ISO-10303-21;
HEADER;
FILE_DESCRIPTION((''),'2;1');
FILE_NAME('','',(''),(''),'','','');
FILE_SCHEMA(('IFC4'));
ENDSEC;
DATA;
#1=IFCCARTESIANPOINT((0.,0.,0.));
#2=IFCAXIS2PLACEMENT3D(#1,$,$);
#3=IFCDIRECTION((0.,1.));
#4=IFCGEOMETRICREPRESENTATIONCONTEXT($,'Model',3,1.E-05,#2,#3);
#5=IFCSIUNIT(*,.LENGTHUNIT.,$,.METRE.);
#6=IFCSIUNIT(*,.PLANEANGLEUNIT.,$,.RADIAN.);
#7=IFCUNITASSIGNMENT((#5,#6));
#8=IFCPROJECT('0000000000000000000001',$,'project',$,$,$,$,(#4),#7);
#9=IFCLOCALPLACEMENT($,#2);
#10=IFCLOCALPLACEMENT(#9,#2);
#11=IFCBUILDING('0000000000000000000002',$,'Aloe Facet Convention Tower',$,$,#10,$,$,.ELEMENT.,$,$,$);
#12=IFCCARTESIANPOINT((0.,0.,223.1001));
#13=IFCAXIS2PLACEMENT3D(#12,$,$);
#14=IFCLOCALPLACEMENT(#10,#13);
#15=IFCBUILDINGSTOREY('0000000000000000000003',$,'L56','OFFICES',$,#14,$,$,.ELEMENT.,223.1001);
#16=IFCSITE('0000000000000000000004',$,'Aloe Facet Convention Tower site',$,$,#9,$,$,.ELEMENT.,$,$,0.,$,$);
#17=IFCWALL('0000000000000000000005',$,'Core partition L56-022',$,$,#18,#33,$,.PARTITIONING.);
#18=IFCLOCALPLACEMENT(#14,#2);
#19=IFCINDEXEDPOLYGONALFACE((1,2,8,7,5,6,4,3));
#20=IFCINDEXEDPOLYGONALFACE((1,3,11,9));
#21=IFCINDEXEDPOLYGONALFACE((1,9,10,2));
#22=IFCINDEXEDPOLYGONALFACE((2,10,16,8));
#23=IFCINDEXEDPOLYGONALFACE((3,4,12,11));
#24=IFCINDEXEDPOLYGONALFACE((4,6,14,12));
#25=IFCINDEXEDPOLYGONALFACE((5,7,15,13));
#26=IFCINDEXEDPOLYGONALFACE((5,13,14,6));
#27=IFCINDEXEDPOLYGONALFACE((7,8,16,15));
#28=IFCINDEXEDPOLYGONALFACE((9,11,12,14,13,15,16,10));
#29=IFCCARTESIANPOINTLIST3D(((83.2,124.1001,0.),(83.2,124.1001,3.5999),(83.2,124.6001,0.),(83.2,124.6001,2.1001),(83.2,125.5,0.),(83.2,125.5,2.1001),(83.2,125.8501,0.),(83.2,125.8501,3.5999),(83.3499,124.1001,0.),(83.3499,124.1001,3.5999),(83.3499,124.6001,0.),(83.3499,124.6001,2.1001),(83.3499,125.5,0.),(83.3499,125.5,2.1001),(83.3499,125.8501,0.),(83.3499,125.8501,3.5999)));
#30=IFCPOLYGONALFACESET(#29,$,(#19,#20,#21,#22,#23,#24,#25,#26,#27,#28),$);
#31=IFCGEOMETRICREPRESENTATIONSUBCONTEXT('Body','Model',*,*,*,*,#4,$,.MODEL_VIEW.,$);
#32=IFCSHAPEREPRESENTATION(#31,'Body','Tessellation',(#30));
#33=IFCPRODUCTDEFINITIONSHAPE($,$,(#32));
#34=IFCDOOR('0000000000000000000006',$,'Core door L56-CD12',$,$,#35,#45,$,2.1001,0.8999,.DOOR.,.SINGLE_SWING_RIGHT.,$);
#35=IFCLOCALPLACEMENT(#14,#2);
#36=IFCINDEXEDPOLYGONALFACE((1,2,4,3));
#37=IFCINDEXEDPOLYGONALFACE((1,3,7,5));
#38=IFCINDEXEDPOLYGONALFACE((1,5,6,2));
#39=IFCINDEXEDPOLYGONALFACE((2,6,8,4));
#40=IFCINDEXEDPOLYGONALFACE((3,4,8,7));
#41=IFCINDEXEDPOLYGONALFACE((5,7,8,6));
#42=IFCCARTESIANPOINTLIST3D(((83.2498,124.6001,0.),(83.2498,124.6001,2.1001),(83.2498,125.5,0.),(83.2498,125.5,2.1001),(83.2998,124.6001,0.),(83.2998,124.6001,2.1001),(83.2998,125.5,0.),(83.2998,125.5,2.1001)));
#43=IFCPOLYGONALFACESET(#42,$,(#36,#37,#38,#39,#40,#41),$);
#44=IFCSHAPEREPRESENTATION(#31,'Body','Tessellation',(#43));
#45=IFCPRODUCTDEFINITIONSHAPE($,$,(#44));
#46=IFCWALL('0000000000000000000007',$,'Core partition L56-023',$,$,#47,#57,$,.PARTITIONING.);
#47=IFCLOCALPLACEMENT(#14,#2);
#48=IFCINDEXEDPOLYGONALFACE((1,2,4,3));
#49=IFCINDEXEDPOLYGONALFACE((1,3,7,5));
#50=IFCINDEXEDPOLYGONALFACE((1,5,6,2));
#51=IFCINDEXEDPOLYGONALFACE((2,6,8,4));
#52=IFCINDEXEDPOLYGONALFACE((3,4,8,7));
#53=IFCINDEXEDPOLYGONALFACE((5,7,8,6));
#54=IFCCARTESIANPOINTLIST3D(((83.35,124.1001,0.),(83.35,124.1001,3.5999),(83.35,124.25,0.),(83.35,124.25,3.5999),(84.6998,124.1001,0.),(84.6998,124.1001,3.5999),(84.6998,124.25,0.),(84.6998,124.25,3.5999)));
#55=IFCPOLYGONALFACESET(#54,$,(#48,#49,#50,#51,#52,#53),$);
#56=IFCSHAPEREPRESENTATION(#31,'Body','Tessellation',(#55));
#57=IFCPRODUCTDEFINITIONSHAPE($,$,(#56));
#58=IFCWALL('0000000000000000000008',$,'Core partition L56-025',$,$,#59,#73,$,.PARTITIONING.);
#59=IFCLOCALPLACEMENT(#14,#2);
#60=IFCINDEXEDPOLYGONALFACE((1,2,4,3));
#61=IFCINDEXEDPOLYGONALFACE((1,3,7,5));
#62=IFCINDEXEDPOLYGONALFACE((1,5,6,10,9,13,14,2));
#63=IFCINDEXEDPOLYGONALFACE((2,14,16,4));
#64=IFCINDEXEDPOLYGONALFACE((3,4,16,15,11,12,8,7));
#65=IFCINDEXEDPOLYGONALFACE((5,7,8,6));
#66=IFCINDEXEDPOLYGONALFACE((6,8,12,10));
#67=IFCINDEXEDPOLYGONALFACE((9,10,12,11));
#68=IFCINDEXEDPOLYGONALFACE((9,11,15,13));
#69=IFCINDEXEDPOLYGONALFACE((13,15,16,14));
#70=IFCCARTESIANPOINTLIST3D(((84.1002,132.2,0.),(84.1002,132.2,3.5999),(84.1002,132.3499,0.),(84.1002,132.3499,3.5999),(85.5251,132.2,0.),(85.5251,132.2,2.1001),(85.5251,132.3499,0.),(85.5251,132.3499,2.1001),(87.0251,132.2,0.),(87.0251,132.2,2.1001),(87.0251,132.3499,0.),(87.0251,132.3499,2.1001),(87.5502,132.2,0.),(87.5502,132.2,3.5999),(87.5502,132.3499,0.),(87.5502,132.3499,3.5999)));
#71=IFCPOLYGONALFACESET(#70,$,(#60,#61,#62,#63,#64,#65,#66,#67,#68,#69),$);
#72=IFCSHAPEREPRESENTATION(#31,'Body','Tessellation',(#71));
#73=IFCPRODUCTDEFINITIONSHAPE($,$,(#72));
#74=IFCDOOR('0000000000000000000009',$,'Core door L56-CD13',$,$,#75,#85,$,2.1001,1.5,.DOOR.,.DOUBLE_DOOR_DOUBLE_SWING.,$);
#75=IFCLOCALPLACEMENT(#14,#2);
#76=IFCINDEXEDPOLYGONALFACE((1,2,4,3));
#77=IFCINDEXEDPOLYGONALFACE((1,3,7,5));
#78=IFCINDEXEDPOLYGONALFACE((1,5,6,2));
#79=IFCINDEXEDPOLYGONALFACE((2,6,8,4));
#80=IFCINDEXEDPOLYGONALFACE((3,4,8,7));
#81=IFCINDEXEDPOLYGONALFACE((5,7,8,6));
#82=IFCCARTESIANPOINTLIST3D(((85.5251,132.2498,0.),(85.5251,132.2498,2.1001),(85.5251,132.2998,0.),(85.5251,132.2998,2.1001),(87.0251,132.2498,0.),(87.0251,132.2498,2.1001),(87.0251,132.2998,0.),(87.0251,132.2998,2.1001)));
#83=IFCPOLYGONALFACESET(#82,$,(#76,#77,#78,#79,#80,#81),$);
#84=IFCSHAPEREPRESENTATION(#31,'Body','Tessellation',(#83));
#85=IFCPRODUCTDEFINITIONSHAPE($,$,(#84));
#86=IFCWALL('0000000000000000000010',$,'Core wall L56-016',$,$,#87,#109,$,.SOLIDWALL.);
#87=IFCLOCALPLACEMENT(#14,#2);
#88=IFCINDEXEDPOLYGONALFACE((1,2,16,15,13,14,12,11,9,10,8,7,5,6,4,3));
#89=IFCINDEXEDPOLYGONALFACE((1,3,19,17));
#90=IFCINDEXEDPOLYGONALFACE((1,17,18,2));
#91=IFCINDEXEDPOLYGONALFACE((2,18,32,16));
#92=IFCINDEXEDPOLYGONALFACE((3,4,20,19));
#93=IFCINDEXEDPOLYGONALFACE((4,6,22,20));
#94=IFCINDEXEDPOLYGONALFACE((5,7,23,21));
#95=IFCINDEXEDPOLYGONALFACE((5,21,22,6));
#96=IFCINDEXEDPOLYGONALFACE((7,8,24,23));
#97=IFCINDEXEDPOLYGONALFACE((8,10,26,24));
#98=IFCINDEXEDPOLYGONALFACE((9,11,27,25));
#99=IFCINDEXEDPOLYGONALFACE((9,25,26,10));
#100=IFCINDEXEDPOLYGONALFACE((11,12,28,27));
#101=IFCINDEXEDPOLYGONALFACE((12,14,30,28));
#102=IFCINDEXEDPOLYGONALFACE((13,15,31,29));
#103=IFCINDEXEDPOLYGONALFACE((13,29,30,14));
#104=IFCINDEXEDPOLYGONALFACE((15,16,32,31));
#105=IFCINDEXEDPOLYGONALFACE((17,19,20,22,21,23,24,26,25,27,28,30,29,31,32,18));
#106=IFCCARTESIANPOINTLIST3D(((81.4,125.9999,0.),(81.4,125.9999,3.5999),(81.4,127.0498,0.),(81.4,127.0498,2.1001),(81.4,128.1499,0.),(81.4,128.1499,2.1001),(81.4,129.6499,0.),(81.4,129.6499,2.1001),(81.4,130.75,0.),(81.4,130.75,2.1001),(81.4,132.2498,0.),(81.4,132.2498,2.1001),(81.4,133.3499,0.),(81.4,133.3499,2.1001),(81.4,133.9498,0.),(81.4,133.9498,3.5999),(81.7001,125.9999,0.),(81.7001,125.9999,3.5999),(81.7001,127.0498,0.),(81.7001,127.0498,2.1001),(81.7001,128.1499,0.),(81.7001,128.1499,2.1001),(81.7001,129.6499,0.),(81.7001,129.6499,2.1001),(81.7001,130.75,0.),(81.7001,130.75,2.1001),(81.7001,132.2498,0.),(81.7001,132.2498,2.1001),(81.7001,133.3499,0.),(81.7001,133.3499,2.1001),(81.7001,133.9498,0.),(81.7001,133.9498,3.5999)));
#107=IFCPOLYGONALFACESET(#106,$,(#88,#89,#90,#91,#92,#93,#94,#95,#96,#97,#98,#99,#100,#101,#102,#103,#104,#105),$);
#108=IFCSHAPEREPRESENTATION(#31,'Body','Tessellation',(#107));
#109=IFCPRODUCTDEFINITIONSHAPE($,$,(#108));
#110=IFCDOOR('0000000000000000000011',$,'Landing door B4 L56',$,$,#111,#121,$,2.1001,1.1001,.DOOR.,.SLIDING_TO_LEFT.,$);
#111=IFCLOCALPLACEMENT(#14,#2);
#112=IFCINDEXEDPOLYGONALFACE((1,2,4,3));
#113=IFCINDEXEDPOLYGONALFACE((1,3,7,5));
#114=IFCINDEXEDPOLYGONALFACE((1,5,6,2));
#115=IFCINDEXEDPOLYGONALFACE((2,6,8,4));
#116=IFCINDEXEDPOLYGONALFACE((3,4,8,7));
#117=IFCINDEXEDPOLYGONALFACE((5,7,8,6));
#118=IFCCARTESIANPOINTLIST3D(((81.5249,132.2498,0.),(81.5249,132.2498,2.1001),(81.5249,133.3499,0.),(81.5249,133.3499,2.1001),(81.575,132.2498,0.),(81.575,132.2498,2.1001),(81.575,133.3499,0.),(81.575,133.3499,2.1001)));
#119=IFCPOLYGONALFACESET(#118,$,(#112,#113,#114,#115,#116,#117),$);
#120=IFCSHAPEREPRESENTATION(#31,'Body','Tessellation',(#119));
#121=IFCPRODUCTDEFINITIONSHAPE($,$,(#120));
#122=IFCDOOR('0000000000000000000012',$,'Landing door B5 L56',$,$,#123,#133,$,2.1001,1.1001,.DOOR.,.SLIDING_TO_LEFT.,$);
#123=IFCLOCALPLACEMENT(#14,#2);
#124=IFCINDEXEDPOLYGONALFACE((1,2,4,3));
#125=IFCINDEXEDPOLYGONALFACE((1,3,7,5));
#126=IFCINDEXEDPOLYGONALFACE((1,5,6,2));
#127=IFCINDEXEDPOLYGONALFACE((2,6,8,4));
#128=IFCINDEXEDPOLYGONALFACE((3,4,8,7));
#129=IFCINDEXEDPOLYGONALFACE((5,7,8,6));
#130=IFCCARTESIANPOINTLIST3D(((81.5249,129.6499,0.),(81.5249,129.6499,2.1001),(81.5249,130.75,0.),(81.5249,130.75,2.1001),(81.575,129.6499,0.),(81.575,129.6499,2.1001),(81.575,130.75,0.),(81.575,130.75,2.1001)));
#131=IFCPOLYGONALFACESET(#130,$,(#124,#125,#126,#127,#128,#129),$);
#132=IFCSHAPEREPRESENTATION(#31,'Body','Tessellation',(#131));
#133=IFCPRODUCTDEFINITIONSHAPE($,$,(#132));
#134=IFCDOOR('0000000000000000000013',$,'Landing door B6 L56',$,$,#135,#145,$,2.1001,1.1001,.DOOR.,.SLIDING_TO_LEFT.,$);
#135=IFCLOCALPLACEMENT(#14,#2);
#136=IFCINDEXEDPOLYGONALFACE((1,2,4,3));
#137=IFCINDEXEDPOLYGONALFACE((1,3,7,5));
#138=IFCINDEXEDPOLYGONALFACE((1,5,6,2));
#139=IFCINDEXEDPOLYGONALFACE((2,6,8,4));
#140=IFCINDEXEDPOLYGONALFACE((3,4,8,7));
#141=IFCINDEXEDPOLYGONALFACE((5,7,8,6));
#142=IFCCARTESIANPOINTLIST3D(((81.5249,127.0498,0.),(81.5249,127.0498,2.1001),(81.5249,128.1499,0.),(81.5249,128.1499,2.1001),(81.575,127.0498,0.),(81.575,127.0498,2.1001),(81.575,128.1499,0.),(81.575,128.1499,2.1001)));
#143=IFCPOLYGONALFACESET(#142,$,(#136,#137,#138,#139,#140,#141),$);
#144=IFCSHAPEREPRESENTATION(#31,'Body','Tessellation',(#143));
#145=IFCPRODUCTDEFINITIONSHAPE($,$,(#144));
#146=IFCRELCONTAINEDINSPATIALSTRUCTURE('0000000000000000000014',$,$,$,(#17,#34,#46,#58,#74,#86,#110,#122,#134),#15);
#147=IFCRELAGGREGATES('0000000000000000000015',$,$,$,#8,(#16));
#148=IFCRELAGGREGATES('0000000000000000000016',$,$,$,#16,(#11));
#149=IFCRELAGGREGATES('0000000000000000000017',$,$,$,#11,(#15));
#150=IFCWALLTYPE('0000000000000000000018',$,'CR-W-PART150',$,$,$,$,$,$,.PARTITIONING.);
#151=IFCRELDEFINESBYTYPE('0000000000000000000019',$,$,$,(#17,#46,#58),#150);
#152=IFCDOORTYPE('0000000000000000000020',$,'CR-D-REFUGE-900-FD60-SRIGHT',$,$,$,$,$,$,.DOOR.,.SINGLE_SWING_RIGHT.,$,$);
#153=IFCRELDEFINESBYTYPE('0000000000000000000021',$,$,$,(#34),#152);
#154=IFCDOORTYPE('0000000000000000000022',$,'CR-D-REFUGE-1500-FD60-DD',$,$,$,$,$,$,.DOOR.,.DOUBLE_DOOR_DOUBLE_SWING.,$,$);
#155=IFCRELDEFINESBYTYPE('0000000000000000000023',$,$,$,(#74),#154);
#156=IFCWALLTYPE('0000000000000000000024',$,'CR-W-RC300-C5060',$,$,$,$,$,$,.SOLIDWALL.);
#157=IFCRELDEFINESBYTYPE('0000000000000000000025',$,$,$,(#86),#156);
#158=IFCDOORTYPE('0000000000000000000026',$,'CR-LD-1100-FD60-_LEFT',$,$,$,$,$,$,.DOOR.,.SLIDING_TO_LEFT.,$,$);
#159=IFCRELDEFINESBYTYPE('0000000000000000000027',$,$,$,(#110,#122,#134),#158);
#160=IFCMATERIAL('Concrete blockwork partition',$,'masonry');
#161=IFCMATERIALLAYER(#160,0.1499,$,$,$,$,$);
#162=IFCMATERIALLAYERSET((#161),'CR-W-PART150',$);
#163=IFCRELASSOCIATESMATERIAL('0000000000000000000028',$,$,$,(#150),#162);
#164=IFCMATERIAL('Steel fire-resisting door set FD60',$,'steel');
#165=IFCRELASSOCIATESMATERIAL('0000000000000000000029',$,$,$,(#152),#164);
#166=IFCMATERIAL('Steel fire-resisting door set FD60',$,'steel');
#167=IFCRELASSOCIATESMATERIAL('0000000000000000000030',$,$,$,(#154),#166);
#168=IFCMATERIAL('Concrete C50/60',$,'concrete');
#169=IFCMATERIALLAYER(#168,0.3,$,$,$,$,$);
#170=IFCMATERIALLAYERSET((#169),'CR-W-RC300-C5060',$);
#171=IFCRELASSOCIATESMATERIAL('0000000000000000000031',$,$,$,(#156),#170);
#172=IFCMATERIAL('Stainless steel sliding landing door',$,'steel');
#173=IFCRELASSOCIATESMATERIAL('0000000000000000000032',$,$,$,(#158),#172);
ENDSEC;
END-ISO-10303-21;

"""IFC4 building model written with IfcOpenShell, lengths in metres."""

from ifc_helpers import new_model, si_unit, direction, frame, frame_2d, origin, place, context, subcontext, project, spatial, rectangle, extrude, material, layer, layer_set, type_object, element, fill, save


model = new_model("IFC4")

# Units and contexts
model_context = context("Model", 3, precision=1e-05, world=origin(), true_north=direction((0.0, 1.0)))
body_context = subcontext(model_context, "Body", "Model", "MODEL_VIEW")
ifc_project = project(units=[si_unit("LENGTHUNIT", "METRE"), si_unit("PLANEANGLEUNIT", "RADIAN")], contexts=[model_context])

# Site, building, storey
site_placement = place(None, origin())
site = spatial("IfcSite", under=ifc_project, at=site_placement, Name="Aloe Facet Convention Tower site", CompositionType="ELEMENT", RefElevation=0.0)
building_placement = place(site_placement, origin())
building = spatial("IfcBuilding", under=site, at=building_placement, Name="Aloe Facet Convention Tower", CompositionType="ELEMENT")
storey_placement = place(building_placement, frame((0.0, 0.0, 223.1001)))
storey = spatial("IfcBuildingStorey", under=building, at=storey_placement, Name="L56", Description="OFFICES", CompositionType="ELEMENT", Elevation=223.1001)

# Wall, opening, door
ifc_material_1 = material(Name="Concrete blockwork partition", Category="masonry")
ifc_layer_1 = layer(ifc_material_1, 0.1499)
ifc_layer_set_1 = layer_set([ifc_layer_1], Name="CR-W-PART150")
wall_type_1 = type_object("IfcWallType", Name="CR-W-PART150", PredefinedType="PARTITIONING", material=ifc_layer_set_1)
wall_1_placement = place(storey_placement, frame((83.2749, 125.8501, 0.0), z_axis=(0.0, 0.0, 1.0), x_axis=(0.0, -1.0, 0.0)))
wall_1 = element("IfcWall", 1, at=wall_1_placement, inside=storey, type_object=wall_type_1, Name="Core partition L56-022", PredefinedType="PARTITIONING", context=body_context, shape_type="SweptSolid", body=[
    extrude(rectangle(XDim=1.75, YDim=0.1499, at=frame_2d((0.875, 0.0))), origin(), (0.0, 0.0, 1.0), 3.5999),
])
opening_1_placement = place(wall_1_placement, frame((0.3501, 0.0, 0.0)))
opening_1 = element("IfcOpeningElement", 2, at=opening_1_placement, cuts=wall_1, PredefinedType="OPENING", context=body_context, shape_type="SweptSolid", body=[
    extrude(rectangle(XDim=0.8999, YDim=2.1001, at=frame_2d((0.45, 1.05))), frame((0.0, 0.085, 0.0), z_axis=(0.0, -1.0, 0.0), x_axis=(1.0, 0.0, 0.0)), (0.0, 0.0, 1.0), 0.1699),
])
ifc_material_2 = material(Name="Steel fire-resisting door set FD60", Category="steel")
door_type_1 = type_object("IfcDoorType", Name="CR-D-REFUGE-900-FD60-SRIGHT", OperationType="SINGLE_SWING_RIGHT", PredefinedType="DOOR", material=ifc_material_2)
door_1_placement = place(opening_1_placement, origin())
door_1 = element("IfcDoor", 3, at=door_1_placement, inside=storey, type_object=door_type_1, Name="Core door L56-CD12", OperationType="SINGLE_SWING_RIGHT", OverallHeight=2.1001, OverallWidth=0.8999, PredefinedType="DOOR", context=body_context, shape_type="SweptSolid", body=[
    extrude(rectangle(XDim=0.8999, YDim=2.1001, at=frame_2d((0.45, 1.05))), frame((0.0, 0.0249, 0.0), z_axis=(0.0, -1.0, 0.0), x_axis=(1.0, 0.0, 0.0)), (0.0, 0.0, 1.0), 0.05),
])
fill(opening_1, door_1)

# Wall
wall_2_placement = place(storey_placement, frame((83.3501, 124.175, 0.0), z_axis=(0.0, 0.0, 1.0), x_axis=(1.0, 0.0, 0.0)))
element("IfcWall", 4, at=wall_2_placement, inside=storey, type_object=wall_type_1, Name="Core partition L56-023", PredefinedType="PARTITIONING", context=body_context, shape_type="SweptSolid", body=[
    extrude(rectangle(XDim=1.3499, YDim=0.1499, at=frame_2d((0.6748, 0.0))), origin(), (0.0, 0.0, 1.0), 3.5999),
])

# Wall, opening, door
wall_3_placement = place(storey_placement, frame((84.1001, 132.2749, 0.0), z_axis=(0.0, 0.0, 1.0), x_axis=(1.0, 0.0, 0.0)))
wall_3 = element("IfcWall", 5, at=wall_3_placement, inside=storey, type_object=wall_type_1, Name="Core partition L56-025", PredefinedType="PARTITIONING", context=body_context, shape_type="SweptSolid", body=[
    extrude(rectangle(XDim=3.45, YDim=0.1499, at=frame_2d((1.7251, 0.0))), origin(), (0.0, 0.0, 1.0), 3.5999),
])
opening_2_placement = place(wall_3_placement, frame((1.425, 0.0, 0.0)))
opening_2 = element("IfcOpeningElement", 6, at=opening_2_placement, cuts=wall_3, PredefinedType="OPENING", context=body_context, shape_type="SweptSolid", body=[
    extrude(rectangle(XDim=1.5, YDim=2.1001, at=frame_2d((0.75, 1.05))), frame((0.0, 0.085, 0.0), z_axis=(0.0, -1.0, 0.0), x_axis=(1.0, 0.0, 0.0)), (0.0, 0.0, 1.0), 0.1699),
])
ifc_material_3 = material(Name="Steel fire-resisting door set FD60", Category="steel")
door_type_2 = type_object("IfcDoorType", Name="CR-D-REFUGE-1500-FD60-DD", OperationType="DOUBLE_DOOR_DOUBLE_SWING", PredefinedType="DOOR", material=ifc_material_3)
door_2_placement = place(opening_2_placement, origin())
door_2 = element("IfcDoor", 7, at=door_2_placement, inside=storey, type_object=door_type_2, Name="Core door L56-CD13", OperationType="DOUBLE_DOOR_DOUBLE_SWING", OverallHeight=2.1001, OverallWidth=1.5, PredefinedType="DOOR", context=body_context, shape_type="SweptSolid", body=[
    extrude(rectangle(XDim=1.5, YDim=2.1001, at=frame_2d((0.75, 1.05))), frame((0.0, 0.0249, 0.0), z_axis=(0.0, -1.0, 0.0), x_axis=(1.0, 0.0, 0.0)), (0.0, 0.0, 1.0), 0.05),
])
fill(opening_2, door_2)

# Wall, openings, doors
ifc_material_4 = material(Name="Concrete C50/60", Category="concrete")
ifc_layer_2 = layer(ifc_material_4, 0.3)
ifc_layer_set_2 = layer_set([ifc_layer_2], Name="CR-W-RC300-C5060")
wall_type_2 = type_object("IfcWallType", Name="CR-W-RC300-C5060", PredefinedType="SOLIDWALL", material=ifc_layer_set_2)
wall_4_placement = place(storey_placement, frame((81.55, 133.95, 0.0), z_axis=(0.0, 0.0, 1.0), x_axis=(0.0, -1.0, 0.0)))
wall_4 = element("IfcWall", 8, at=wall_4_placement, inside=storey, type_object=wall_type_2, Name="Core wall L56-016", PredefinedType="SOLIDWALL", context=body_context, shape_type="SweptSolid", body=[
    extrude(rectangle(XDim=7.95, YDim=0.3, at=frame_2d((3.9751, 0.0))), origin(), (0.0, 0.0, 1.0), 3.5999),
])
opening_3_placement = place(wall_4_placement, frame((0.6001, 0.0, 0.0)))
opening_3 = element("IfcOpeningElement", 9, at=opening_3_placement, cuts=wall_4, PredefinedType="OPENING", context=body_context, shape_type="SweptSolid", body=[
    extrude(rectangle(XDim=1.1001, YDim=2.1001, at=frame_2d((0.55, 1.05))), frame((0.0, 0.1602, 0.0), z_axis=(0.0, -1.0, 0.0), x_axis=(1.0, 0.0, 0.0)), (0.0, 0.0, 1.0), 0.3201),
])
opening_4_placement = place(wall_4_placement, frame((3.2, 0.0, 0.0)))
opening_4 = element("IfcOpeningElement", 10, at=opening_4_placement, cuts=wall_4, PredefinedType="OPENING", context=body_context, shape_type="SweptSolid", body=[
    extrude(rectangle(XDim=1.1001, YDim=2.1001, at=frame_2d((0.55, 1.05))), frame((0.0, 0.1602, 0.0), z_axis=(0.0, -1.0, 0.0), x_axis=(1.0, 0.0, 0.0)), (0.0, 0.0, 1.0), 0.3201),
])
opening_5_placement = place(wall_4_placement, frame((5.8, 0.0, 0.0)))
opening_5 = element("IfcOpeningElement", 11, at=opening_5_placement, cuts=wall_4, PredefinedType="OPENING", context=body_context, shape_type="SweptSolid", body=[
    extrude(rectangle(XDim=1.1001, YDim=2.1001, at=frame_2d((0.55, 1.05))), frame((0.0, 0.1602, 0.0), z_axis=(0.0, -1.0, 0.0), x_axis=(1.0, 0.0, 0.0)), (0.0, 0.0, 1.0), 0.3201),
])
ifc_material_5 = material(Name="Stainless steel sliding landing door", Category="steel")
door_type_3 = type_object("IfcDoorType", Name="CR-LD-1100-FD60-_LEFT", OperationType="SLIDING_TO_LEFT", PredefinedType="DOOR", material=ifc_material_5)
door_3_placement = place(opening_3_placement, origin())
door_3 = element("IfcDoor", 12, at=door_3_placement, inside=storey, type_object=door_type_3, Name="Landing door B4 L56", OperationType="SLIDING_TO_LEFT", OverallHeight=2.1001, OverallWidth=1.1001, PredefinedType="DOOR", context=body_context, shape_type="SweptSolid", body=[
    extrude(rectangle(XDim=1.1001, YDim=2.1001, at=frame_2d((0.55, 1.05))), frame((0.0, 0.0249, 0.0), z_axis=(0.0, -1.0, 0.0), x_axis=(1.0, 0.0, 0.0)), (0.0, 0.0, 1.0), 0.05),
])
fill(opening_3, door_3)
door_4_placement = place(opening_4_placement, origin())
door_4 = element("IfcDoor", 13, at=door_4_placement, inside=storey, type_object=door_type_3, Name="Landing door B5 L56", OperationType="SLIDING_TO_LEFT", OverallHeight=2.1001, OverallWidth=1.1001, PredefinedType="DOOR", context=body_context, shape_type="SweptSolid", body=[
    extrude(rectangle(XDim=1.1001, YDim=2.1001, at=frame_2d((0.55, 1.05))), frame((0.0, 0.0249, 0.0), z_axis=(0.0, -1.0, 0.0), x_axis=(1.0, 0.0, 0.0)), (0.0, 0.0, 1.0), 0.05),
])
fill(opening_4, door_4)
door_5_placement = place(opening_5_placement, origin())
door_5 = element("IfcDoor", 14, at=door_5_placement, inside=storey, type_object=door_type_3, Name="Landing door B6 L56", OperationType="SLIDING_TO_LEFT", OverallHeight=2.1001, OverallWidth=1.1001, PredefinedType="DOOR", context=body_context, shape_type="SweptSolid", body=[
    extrude(rectangle(XDim=1.1001, YDim=2.1001, at=frame_2d((0.55, 1.05))), frame((0.0, 0.0249, 0.0), z_axis=(0.0, -1.0, 0.0), x_axis=(1.0, 0.0, 0.0)), (0.0, 0.0, 1.0), 0.05),
])
fill(opening_5, door_5)

save(model, "model.ifc")
